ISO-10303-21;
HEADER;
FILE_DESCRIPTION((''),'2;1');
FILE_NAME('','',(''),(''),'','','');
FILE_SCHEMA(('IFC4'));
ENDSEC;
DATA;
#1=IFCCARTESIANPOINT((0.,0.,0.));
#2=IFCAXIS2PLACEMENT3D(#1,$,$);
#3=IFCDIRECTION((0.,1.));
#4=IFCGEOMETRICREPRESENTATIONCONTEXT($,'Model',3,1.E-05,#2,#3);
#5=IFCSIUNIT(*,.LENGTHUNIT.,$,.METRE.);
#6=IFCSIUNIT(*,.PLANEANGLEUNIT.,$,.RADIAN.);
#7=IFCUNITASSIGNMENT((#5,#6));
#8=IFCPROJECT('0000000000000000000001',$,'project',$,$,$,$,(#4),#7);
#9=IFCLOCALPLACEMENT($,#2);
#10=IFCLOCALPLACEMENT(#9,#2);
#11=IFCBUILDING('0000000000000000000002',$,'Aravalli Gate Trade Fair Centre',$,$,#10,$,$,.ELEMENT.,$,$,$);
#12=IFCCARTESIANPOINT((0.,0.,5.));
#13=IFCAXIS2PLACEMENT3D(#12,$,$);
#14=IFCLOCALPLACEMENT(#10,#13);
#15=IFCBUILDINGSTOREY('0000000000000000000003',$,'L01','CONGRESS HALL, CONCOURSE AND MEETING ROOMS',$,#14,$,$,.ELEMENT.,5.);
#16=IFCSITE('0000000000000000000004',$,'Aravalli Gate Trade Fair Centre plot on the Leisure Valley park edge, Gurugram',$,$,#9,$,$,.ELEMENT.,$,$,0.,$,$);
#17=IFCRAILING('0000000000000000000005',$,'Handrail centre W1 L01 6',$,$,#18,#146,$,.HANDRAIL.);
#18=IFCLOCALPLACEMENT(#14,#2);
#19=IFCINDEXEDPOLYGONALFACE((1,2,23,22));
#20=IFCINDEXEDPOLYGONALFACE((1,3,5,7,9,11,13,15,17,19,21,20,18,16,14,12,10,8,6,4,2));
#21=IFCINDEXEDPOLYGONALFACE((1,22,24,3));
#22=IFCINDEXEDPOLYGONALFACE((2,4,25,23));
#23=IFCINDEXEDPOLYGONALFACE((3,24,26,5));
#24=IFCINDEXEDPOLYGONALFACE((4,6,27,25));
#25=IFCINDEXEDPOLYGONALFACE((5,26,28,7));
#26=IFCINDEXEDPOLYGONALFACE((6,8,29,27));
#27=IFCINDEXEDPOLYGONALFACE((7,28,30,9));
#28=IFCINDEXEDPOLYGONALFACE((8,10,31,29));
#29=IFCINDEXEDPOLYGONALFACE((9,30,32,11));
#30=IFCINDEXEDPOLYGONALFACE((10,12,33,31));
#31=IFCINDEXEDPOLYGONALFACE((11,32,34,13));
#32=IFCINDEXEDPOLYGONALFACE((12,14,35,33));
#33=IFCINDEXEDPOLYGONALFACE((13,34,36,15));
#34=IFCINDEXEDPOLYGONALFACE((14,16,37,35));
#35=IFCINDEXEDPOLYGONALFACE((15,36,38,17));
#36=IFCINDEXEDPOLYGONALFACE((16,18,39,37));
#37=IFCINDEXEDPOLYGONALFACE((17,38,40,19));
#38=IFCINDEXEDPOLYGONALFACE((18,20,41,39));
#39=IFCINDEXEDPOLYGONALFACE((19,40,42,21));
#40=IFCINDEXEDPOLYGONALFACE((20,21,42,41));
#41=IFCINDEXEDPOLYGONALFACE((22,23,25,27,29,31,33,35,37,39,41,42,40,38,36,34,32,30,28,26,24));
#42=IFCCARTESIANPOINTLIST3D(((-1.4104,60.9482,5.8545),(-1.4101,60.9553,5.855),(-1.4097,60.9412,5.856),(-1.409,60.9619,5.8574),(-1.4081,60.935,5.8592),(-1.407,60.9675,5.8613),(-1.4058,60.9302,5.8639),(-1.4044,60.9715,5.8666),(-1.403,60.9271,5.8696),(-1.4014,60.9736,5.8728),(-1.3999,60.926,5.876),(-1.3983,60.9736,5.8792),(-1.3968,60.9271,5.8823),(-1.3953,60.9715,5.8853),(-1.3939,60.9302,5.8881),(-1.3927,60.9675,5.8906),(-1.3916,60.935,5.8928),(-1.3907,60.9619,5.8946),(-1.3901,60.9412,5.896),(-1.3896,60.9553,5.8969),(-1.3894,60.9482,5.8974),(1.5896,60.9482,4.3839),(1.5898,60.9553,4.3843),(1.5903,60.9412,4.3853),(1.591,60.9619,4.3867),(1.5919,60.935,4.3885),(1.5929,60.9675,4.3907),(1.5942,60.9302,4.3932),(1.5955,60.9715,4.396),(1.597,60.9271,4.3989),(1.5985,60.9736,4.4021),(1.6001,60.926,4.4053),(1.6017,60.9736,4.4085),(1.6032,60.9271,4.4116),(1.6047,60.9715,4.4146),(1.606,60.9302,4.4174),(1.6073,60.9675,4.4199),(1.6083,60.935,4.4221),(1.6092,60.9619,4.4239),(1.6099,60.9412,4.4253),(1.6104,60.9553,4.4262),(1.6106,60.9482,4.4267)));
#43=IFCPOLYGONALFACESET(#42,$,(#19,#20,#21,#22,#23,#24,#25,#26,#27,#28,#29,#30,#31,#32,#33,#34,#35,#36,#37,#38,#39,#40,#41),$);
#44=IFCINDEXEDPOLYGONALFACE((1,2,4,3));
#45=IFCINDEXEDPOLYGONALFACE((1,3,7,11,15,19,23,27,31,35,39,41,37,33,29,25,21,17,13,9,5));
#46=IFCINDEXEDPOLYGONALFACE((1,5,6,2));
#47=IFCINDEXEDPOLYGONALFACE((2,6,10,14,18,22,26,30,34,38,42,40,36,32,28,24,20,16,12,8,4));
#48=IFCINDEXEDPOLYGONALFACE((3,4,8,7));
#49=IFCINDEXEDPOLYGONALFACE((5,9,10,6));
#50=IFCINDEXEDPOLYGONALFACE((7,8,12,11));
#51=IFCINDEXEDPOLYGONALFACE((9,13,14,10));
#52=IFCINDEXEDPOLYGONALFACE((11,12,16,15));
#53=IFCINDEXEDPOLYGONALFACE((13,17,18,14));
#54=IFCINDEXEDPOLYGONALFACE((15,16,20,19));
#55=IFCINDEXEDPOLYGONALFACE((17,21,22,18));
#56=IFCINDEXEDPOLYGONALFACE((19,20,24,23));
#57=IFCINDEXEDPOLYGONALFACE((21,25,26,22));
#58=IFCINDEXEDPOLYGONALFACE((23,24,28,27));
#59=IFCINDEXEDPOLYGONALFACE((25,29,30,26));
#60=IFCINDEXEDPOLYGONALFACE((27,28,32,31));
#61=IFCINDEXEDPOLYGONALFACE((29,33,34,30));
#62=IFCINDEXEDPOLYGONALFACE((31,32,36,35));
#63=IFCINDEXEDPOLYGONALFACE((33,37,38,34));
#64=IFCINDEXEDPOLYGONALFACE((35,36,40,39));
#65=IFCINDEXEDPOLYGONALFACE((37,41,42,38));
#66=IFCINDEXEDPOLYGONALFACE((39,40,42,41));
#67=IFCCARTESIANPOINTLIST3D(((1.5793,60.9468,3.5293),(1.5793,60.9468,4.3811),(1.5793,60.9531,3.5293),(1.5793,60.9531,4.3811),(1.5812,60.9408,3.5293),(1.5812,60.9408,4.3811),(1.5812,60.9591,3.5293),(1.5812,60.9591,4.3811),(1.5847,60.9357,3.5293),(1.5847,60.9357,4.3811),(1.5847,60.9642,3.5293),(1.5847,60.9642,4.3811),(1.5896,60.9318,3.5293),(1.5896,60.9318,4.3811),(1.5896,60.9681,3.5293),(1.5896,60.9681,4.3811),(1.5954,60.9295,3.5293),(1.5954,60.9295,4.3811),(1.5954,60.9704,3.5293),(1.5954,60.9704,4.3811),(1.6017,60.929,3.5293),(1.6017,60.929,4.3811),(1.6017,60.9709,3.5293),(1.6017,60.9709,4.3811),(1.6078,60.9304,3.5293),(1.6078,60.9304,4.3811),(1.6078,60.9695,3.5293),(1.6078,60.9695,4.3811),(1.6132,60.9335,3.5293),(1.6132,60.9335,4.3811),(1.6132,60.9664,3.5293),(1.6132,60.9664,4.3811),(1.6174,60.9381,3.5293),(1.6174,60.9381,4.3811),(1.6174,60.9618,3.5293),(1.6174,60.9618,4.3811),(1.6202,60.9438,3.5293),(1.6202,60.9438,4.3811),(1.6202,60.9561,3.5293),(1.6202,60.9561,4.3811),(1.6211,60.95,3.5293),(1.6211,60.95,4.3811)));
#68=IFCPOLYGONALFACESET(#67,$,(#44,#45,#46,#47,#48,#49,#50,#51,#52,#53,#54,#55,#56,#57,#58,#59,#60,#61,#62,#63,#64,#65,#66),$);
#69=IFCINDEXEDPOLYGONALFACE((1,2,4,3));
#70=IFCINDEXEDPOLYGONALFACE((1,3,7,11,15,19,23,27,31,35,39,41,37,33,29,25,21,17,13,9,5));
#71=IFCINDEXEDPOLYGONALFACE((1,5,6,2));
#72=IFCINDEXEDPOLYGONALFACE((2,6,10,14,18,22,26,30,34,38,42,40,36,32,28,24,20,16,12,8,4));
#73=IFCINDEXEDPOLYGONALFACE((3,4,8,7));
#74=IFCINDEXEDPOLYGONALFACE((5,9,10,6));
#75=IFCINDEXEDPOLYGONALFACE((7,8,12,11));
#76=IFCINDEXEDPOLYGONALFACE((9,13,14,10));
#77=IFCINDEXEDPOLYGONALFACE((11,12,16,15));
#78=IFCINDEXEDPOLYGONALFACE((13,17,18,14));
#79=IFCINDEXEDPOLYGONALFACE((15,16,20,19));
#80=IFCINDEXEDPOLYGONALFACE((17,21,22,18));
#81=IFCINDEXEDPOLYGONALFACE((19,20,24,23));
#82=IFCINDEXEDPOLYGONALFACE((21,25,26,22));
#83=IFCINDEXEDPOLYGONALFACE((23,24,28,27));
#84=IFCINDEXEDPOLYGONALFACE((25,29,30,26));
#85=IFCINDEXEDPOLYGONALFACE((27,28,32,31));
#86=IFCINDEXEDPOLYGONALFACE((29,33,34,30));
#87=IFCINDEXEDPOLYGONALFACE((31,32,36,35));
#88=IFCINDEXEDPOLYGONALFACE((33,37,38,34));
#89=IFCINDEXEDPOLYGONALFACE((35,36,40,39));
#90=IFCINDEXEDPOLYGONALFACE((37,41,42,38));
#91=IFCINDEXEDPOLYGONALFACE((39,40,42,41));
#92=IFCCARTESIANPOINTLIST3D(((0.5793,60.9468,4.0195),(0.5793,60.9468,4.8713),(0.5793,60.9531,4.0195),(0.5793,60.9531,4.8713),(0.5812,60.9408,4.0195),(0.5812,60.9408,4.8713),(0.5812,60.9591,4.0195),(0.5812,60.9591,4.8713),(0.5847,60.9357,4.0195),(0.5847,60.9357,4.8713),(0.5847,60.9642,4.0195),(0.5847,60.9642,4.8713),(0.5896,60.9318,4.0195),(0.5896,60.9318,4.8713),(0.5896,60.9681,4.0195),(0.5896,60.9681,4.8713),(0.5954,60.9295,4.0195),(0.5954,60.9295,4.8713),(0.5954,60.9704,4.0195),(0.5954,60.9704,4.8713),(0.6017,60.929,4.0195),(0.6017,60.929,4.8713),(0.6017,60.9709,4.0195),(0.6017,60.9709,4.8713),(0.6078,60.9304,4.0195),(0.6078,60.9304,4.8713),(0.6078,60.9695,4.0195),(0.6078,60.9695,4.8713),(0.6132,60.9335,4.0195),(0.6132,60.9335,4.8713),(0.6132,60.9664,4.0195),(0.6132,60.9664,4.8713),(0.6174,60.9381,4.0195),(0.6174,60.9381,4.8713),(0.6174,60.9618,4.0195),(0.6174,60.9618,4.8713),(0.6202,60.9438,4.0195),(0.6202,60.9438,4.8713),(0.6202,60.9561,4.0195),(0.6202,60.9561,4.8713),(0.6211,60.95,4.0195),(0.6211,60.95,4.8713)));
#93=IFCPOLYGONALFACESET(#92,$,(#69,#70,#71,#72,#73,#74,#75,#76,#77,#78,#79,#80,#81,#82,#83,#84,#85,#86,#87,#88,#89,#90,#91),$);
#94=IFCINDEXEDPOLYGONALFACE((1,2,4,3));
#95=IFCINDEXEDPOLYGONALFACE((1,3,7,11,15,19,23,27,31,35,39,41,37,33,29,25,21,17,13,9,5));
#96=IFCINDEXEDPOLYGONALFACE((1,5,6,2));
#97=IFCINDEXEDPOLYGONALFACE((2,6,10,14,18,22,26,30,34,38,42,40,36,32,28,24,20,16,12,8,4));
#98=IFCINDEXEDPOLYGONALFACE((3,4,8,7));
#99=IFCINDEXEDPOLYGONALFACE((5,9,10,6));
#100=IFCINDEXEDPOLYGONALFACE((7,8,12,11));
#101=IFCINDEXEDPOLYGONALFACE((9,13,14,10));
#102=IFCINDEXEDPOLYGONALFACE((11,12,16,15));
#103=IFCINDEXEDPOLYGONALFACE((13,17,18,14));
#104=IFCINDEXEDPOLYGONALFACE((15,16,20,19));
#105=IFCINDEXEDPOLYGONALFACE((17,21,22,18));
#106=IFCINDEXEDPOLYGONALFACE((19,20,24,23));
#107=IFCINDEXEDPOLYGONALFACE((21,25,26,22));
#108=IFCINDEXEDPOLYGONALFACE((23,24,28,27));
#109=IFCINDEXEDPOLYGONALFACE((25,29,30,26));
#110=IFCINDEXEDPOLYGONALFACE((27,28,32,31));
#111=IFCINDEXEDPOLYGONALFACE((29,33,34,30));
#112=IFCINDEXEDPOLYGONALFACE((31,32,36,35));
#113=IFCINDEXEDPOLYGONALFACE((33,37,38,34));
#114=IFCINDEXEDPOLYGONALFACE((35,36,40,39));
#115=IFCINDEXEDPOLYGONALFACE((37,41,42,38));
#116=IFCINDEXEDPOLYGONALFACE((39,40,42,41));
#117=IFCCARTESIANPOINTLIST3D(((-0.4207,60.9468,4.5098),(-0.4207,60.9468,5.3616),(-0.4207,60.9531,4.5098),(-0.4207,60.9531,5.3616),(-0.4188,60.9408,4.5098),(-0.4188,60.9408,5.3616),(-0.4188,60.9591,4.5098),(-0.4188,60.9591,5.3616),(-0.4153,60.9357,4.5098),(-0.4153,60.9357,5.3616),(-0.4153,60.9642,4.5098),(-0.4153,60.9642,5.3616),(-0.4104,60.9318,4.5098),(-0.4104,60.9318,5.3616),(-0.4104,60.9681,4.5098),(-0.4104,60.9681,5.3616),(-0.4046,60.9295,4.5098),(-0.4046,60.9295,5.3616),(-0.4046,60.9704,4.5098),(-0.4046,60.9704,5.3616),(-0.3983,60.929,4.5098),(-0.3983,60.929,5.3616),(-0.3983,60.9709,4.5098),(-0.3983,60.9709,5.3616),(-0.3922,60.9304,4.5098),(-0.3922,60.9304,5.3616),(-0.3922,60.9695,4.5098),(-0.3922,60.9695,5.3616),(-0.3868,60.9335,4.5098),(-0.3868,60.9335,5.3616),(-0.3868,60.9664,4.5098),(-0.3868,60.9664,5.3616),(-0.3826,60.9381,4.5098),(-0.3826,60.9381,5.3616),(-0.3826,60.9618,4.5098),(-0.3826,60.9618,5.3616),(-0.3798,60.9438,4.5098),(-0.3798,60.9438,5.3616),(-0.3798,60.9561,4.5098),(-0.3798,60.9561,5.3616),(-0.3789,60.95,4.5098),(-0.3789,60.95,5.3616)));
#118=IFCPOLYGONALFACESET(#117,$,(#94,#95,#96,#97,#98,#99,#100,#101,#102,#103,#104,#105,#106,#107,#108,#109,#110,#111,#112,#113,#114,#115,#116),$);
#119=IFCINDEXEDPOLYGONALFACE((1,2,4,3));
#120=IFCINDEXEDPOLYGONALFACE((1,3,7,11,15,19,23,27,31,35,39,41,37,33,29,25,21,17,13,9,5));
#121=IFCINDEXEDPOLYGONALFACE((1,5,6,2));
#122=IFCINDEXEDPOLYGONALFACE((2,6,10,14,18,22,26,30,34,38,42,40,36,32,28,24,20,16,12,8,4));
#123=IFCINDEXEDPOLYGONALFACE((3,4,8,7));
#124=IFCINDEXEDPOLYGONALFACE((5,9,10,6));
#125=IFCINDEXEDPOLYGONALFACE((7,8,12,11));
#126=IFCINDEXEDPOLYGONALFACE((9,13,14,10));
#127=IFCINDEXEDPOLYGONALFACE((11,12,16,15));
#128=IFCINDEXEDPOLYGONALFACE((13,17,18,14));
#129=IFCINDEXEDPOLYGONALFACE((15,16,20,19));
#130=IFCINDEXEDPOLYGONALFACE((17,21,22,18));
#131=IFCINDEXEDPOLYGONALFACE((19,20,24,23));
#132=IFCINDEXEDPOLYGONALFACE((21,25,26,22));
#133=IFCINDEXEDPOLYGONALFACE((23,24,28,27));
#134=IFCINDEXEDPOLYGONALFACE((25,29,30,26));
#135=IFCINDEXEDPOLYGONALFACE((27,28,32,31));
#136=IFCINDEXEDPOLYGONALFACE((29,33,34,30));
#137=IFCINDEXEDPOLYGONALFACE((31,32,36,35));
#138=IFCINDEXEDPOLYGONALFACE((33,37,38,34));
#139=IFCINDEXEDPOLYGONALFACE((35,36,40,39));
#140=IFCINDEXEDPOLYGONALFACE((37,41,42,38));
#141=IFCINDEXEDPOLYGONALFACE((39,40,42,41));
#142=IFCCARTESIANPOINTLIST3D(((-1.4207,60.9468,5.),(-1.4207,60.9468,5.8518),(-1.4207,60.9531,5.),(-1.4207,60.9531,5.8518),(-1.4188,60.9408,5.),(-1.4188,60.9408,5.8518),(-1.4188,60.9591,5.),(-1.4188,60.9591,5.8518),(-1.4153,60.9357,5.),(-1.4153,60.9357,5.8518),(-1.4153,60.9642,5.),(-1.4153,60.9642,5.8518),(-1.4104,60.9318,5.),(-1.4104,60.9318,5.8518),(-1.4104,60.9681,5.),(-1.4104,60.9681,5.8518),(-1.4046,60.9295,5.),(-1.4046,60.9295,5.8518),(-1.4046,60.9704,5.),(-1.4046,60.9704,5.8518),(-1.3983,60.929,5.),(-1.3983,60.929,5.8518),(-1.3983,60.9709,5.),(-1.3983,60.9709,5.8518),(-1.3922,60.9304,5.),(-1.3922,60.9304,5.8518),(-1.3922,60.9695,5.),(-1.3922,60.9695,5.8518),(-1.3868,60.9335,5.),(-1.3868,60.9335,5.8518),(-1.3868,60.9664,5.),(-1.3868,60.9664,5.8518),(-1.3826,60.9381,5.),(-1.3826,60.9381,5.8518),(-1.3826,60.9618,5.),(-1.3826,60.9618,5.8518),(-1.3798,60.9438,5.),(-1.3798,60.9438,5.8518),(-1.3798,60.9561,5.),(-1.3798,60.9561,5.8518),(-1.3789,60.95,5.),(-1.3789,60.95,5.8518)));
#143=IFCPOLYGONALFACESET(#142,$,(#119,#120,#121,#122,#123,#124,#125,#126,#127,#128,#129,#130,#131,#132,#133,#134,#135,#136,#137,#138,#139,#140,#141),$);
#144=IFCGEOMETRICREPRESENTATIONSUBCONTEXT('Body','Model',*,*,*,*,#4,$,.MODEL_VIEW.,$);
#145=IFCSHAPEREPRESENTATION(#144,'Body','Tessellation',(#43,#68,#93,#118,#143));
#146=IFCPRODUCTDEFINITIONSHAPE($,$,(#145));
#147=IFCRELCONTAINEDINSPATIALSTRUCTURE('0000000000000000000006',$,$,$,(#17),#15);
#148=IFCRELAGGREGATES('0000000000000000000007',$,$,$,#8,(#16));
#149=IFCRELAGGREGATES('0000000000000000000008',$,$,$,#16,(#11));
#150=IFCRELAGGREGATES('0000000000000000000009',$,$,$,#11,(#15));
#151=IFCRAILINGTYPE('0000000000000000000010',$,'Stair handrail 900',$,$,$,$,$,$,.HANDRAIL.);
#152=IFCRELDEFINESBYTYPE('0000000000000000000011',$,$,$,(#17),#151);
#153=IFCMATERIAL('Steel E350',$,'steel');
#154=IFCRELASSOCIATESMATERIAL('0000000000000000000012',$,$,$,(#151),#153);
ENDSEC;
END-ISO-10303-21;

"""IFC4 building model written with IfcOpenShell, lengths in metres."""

from ifc_helpers import new_model, si_unit, direction, frame, origin, origin_2d, place, context, subcontext, project, spatial, circle, extrude, material, type_object, element, save


model = new_model("IFC4")

# Units and contexts
model_context = context("Model", 3, precision=1e-05, world=origin(), true_north=direction((0.0, 1.0)))
body_context = subcontext(model_context, "Body", "Model", "MODEL_VIEW")
ifc_project = project(units=[si_unit("LENGTHUNIT", "METRE"), si_unit("PLANEANGLEUNIT", "RADIAN")], contexts=[model_context])

# Site, building, storey
site_placement = place(None, origin())
site = spatial("IfcSite", under=ifc_project, at=site_placement, Name="Aravalli Gate Trade Fair Centre plot on the Leisure Valley park edge, Gurugram", CompositionType="ELEMENT", RefElevation=0.0)
building_placement = place(site_placement, origin())
building = spatial("IfcBuilding", under=site, at=building_placement, Name="Aravalli Gate Trade Fair Centre", CompositionType="ELEMENT")
storey_placement = place(building_placement, frame((0.0, 0.0, 5.0)))
storey = spatial("IfcBuildingStorey", under=building, at=storey_placement, Name="L01", Description="CONGRESS HALL, CONCOURSE AND MEETING ROOMS", CompositionType="ELEMENT", Elevation=5.0)

# Railing
ifc_material_1 = material(Name="Steel E350", Category="steel")
railing_type = type_object("IfcRailingType", Name="Stair handrail 900", PredefinedType="HANDRAIL", material=ifc_material_1)
for number, where, name in (
    (1, (1.6001, 60.95, 3.5293), "Handrail centre W1 L01 6"),
):
    element("IfcRailing", number, at=place(storey_placement, frame(where)), inside=storey, type_object=railing_type, Name=name, PredefinedType="HANDRAIL", context=body_context, shape_type="SweptSolid", body=[
        extrude(circle(Radius=0.0239, at=origin_2d()), frame((0.0, 0.0, 0.876), z_axis=(-0.897907, 0.0, 0.440185), x_axis=(0.0, -1.0, 0.0)), (0.0, 0.0, 1.0), 3.3411),
        extrude(circle(Radius=0.021, at=origin_2d()), origin(), (0.0, 0.0, 1.0), 0.8518),
        extrude(circle(Radius=0.021, at=origin_2d()), frame((-1.0, 0.0, 0.4902)), (0.0, 0.0, 1.0), 0.8518),
        extrude(circle(Radius=0.021, at=origin_2d()), frame((-2.0, 0.0, 0.9805)), (0.0, 0.0, 1.0), 0.8518),
        extrude(circle(Radius=0.021, at=origin_2d()), frame((-3.0, 0.0, 1.4707)), (0.0, 0.0, 1.0), 0.8518),
    ])

save(model, "model.ifc")
